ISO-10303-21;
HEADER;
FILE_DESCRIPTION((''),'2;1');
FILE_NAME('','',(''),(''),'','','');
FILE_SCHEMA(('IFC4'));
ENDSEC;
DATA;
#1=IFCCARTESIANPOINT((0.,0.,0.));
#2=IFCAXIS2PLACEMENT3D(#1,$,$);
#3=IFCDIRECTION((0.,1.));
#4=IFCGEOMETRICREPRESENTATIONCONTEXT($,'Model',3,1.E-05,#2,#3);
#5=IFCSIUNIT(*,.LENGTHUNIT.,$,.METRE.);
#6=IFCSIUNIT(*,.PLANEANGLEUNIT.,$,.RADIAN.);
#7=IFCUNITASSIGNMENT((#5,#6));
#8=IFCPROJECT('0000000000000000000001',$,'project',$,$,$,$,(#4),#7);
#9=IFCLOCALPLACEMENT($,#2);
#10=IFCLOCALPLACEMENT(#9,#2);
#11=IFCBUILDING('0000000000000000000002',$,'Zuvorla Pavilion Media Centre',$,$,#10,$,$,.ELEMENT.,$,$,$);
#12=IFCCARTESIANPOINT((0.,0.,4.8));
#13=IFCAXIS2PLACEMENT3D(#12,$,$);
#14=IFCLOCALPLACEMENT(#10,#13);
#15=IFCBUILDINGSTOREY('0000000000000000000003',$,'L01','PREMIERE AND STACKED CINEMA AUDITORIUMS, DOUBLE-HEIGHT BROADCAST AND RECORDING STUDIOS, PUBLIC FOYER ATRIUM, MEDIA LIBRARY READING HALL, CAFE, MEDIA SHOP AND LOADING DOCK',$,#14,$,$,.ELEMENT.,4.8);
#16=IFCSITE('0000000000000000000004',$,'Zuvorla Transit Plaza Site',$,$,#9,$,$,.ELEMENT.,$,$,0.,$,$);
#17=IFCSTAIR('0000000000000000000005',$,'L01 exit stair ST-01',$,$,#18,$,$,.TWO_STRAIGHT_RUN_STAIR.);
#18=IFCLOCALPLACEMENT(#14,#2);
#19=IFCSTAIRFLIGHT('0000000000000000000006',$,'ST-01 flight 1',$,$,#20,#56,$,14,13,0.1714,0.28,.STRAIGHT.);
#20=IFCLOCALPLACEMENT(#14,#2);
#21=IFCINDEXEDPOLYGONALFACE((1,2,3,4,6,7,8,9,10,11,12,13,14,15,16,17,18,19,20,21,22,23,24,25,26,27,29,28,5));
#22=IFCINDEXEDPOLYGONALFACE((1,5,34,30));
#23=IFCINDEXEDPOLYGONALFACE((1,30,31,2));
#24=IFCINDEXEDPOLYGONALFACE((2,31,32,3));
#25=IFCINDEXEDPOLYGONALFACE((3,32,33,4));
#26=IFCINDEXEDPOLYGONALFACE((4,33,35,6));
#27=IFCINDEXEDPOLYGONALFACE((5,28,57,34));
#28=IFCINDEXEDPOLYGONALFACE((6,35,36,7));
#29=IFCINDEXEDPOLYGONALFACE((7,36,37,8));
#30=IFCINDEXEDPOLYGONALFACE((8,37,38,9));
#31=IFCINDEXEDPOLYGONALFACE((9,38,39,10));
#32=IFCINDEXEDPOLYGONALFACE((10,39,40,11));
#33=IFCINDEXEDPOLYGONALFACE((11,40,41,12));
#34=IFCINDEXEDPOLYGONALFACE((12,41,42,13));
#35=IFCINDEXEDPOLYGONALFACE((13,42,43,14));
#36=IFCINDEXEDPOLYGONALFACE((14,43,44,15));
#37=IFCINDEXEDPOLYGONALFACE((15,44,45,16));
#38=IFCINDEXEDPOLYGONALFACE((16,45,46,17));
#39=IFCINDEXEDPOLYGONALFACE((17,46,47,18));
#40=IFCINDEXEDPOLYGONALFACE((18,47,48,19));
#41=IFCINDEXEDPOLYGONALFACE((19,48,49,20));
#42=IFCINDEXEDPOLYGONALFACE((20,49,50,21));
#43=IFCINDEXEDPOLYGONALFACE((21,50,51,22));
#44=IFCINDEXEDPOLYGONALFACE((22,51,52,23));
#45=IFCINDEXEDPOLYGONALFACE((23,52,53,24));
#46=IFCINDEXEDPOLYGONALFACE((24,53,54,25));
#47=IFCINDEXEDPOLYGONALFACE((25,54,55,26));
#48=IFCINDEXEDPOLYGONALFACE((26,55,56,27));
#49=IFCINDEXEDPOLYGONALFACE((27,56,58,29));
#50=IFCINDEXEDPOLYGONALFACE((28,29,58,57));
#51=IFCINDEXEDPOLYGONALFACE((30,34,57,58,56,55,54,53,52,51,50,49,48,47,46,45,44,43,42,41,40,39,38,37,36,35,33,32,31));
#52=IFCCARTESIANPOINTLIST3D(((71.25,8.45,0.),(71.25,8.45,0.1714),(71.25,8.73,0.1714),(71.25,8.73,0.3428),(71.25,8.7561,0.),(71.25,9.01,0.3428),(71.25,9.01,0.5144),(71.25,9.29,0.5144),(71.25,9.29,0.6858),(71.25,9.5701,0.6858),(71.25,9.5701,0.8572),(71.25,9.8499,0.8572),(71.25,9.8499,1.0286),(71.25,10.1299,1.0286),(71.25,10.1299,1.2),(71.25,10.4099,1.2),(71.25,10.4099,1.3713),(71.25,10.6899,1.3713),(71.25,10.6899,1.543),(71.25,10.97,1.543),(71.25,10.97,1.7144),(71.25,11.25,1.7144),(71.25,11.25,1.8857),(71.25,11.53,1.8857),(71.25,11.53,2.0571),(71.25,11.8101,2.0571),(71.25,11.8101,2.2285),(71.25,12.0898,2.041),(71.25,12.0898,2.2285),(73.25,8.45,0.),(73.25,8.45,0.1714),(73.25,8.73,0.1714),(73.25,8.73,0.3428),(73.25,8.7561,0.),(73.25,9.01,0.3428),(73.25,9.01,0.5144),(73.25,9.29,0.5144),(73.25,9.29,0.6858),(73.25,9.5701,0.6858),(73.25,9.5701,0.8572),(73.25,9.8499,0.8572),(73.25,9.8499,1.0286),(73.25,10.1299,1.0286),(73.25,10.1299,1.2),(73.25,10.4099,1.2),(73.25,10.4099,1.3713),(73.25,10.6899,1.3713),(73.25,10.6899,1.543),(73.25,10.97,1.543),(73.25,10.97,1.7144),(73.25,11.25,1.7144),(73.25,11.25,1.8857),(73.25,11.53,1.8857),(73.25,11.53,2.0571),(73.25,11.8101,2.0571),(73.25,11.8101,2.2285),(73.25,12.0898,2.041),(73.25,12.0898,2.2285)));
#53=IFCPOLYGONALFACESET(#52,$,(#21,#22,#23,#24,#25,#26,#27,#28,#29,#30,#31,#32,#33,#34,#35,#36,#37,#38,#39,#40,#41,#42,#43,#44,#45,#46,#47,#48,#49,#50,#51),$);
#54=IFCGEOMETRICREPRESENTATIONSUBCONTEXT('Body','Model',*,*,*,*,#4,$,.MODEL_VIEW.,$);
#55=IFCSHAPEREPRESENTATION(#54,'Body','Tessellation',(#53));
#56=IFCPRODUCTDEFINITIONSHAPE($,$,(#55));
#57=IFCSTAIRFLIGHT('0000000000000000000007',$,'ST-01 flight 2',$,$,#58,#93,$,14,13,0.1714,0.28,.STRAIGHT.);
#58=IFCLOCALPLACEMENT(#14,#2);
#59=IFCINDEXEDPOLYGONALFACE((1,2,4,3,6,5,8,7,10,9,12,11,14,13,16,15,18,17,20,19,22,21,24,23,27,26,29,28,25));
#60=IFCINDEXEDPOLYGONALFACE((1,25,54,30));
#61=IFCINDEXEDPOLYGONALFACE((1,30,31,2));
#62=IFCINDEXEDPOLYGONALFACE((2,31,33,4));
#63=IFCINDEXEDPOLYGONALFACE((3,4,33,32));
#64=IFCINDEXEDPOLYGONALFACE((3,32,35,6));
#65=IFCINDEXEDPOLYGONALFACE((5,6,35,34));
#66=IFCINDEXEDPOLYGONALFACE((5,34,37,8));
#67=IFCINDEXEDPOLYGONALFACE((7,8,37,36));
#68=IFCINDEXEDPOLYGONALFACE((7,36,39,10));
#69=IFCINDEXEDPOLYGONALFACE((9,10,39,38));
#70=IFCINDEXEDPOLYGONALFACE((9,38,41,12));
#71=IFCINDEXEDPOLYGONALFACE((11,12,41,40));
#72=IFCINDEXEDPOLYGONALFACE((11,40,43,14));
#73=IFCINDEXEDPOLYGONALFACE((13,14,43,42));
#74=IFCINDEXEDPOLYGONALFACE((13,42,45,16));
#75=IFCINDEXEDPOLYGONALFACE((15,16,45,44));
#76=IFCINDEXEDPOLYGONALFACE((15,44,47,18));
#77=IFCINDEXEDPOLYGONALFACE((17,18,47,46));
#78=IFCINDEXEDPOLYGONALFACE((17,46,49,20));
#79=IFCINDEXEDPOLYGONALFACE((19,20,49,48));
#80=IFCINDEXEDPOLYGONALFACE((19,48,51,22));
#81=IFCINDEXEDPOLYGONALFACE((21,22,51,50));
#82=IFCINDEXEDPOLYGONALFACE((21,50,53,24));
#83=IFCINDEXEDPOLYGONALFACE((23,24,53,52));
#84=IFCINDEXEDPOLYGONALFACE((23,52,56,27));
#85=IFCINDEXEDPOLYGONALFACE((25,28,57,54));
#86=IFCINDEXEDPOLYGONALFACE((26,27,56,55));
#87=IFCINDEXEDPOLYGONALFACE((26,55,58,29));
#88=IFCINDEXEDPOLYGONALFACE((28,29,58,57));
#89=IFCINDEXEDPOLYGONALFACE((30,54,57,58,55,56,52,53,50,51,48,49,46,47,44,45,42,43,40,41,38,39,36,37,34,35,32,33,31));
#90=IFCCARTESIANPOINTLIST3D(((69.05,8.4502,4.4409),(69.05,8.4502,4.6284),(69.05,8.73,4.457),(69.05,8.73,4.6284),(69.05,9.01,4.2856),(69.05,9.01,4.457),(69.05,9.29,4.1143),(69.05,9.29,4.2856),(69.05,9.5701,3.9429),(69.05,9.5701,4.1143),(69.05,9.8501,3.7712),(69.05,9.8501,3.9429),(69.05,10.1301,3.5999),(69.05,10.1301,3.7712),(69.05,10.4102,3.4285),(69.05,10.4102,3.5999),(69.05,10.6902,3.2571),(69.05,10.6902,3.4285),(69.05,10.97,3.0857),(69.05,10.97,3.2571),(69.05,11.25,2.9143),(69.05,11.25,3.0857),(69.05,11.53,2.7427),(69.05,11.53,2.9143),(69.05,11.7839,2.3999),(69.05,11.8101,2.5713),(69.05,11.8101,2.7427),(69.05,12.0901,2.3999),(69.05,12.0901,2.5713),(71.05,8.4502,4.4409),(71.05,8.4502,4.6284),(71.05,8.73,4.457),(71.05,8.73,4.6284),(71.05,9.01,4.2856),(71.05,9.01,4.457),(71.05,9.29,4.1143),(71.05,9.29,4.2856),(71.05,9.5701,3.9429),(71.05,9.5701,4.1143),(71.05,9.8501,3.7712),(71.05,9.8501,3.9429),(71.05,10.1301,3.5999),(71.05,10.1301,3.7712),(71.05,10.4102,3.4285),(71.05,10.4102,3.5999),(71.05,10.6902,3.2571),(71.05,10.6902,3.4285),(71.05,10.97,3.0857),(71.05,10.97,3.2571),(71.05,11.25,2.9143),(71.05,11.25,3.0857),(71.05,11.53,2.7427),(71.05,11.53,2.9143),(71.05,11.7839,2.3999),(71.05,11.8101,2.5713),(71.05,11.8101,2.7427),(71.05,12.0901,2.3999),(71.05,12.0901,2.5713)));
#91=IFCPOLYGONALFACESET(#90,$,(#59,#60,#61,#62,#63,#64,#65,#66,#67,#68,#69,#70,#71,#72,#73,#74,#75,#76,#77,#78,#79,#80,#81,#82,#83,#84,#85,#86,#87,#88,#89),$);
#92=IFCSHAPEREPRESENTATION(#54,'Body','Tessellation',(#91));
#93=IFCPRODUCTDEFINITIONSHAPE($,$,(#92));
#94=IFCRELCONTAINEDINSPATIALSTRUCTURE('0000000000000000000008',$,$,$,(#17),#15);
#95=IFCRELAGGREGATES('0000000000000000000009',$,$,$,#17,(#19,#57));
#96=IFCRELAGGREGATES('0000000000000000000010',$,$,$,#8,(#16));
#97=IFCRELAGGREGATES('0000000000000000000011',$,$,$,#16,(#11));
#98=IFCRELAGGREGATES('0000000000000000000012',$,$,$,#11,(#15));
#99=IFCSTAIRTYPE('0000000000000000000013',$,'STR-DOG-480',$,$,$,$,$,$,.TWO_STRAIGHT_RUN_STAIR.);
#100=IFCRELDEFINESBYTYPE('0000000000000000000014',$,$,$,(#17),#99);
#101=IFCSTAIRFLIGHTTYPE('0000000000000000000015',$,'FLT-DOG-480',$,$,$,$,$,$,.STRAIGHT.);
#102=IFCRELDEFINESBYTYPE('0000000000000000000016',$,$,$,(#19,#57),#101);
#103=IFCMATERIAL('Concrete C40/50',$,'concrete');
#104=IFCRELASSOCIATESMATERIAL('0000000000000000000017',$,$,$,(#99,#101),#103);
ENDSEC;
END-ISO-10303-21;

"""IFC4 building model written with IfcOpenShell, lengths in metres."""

from ifc_helpers import new_model, si_unit, direction, frame, origin, place, context, subcontext, project, spatial, polyline, outline, extrude, material, type_object, element, aggregate, save


model = new_model("IFC4")

# Units and contexts
model_context = context("Model", 3, precision=1e-05, world=origin(), true_north=direction((0.0, 1.0)))
body_context = subcontext(model_context, "Body", "Model", "MODEL_VIEW")
ifc_project = project(units=[si_unit("LENGTHUNIT", "METRE"), si_unit("PLANEANGLEUNIT", "RADIAN")], contexts=[model_context])

# Site, building, storey
site_placement = place(None, origin())
site = spatial("IfcSite", under=ifc_project, at=site_placement, Name="Zuvorla Transit Plaza Site", CompositionType="ELEMENT", RefElevation=0.0)
building_placement = place(site_placement, origin())
building = spatial("IfcBuilding", under=site, at=building_placement, Name="Zuvorla Pavilion Media Centre", CompositionType="ELEMENT")
storey_placement = place(building_placement, frame((0.0, 0.0, 4.8)))
storey = spatial("IfcBuildingStorey", under=building, at=storey_placement, Name="L01", Description="PREMIERE AND STACKED CINEMA AUDITORIUMS, DOUBLE-HEIGHT BROADCAST AND RECORDING STUDIOS, PUBLIC FOYER ATRIUM, MEDIA LIBRARY READING HALL, CAFE, MEDIA SHOP AND LOADING DOCK", CompositionType="ELEMENT", Elevation=4.8)

# Shared definitions
ifc_material_1 = material(Name="Concrete C40/50", Category="concrete")

# Stair, stair flights
stair_type = type_object("IfcStairType", Name="STR-DOG-480", PredefinedType="TWO_STRAIGHT_RUN_STAIR", material=ifc_material_1)
stair_placement = place(storey_placement, origin())
stair = element("IfcStair", 1, at=stair_placement, inside=storey, type_object=stair_type, Name="L01 exit stair ST-01", PredefinedType="TWO_STRAIGHT_RUN_STAIR")
stair_flight_type = type_object("IfcStairFlightType", Name="FLT-DOG-480", PredefinedType="STRAIGHT", material=ifc_material_1)
stair_flight_1_placement = place(storey_placement, frame((72.25, 8.45, 0.0), z_axis=(0.0, 0.0, 1.0), x_axis=(0.0, 1.0, 0.0)))
stair_flight_1 = element("IfcStairFlight", 2, at=stair_flight_1_placement, type_object=stair_flight_type, Name="ST-01 flight 1", NumberOfRisers=14, NumberOfTreads=13, PredefinedType="STRAIGHT", RiserHeight=0.1714, TreadLength=0.28, context=body_context, shape_type="SweptSolid", body=[
    extrude(outline(polyline([(0.0, 0.0), (0.0, 0.1714), (0.28, 0.1714), (0.28, 0.3428), (0.5601, 0.3428), (0.5601, 0.5144), (0.8401, 0.5144), (0.8401, 0.6858), (1.1201, 0.6858), (1.1201, 0.8572), (1.3999, 0.8572), (1.3999, 1.0286), (1.6799, 1.0286), (1.6799, 1.2), (1.96, 1.2), (1.96, 1.3713), (2.24, 1.3713), (2.24, 1.543), (2.52, 1.543), (2.52, 1.7144), (2.8, 1.7144), (2.8, 1.8857), (3.0801, 1.8857), (3.0801, 2.0571), (3.3601, 2.0571), (3.3601, 2.2285), (3.6399, 2.2285), (3.6399, 2.3999), (3.6399, 2.041), (0.3062, 0.0), (0.0, 0.0)])), frame((0.0, 1.0, 0.0), z_axis=(0.0, -1.0, 0.0), x_axis=(1.0, 0.0, 0.0)), (0.0, 0.0, 1.0), 2.0),
])
stair_flight_2_placement = place(storey_placement, frame((70.05, 12.0901, 2.3999), z_axis=(0.0, 0.0, 1.0), x_axis=(0.0, -1.0, 0.0)))
stair_flight_2 = element("IfcStairFlight", 3, at=stair_flight_2_placement, type_object=stair_flight_type, Name="ST-01 flight 2", NumberOfRisers=14, NumberOfTreads=13, PredefinedType="STRAIGHT", RiserHeight=0.1714, TreadLength=0.28, context=body_context, shape_type="SweptSolid", body=[
    extrude(outline(polyline([(0.0, 0.0), (0.0, 0.1714), (0.28, 0.1714), (0.28, 0.3428), (0.5601, 0.3428), (0.5601, 0.5144), (0.8401, 0.5144), (0.8401, 0.6858), (1.1201, 0.6858), (1.1201, 0.8572), (1.3999, 0.8572), (1.3999, 1.0286), (1.6799, 1.0286), (1.6799, 1.2), (1.96, 1.2), (1.96, 1.3713), (2.24, 1.3713), (2.24, 1.543), (2.52, 1.543), (2.52, 1.7144), (2.8, 1.7144), (2.8, 1.8857), (3.0801, 1.8857), (3.0801, 2.0571), (3.3601, 2.0571), (3.3601, 2.2285), (3.6399, 2.2285), (3.6399, 2.3999), (3.6399, 2.041), (0.3062, 0.0), (0.0, 0.0)])), frame((0.0, 1.0, 0.0), z_axis=(0.0, -1.0, 0.0), x_axis=(1.0, 0.0, 0.0)), (0.0, 0.0, 1.0), 2.0),
])
aggregate(stair, [stair_flight_1, stair_flight_2])

save(model, "model.ifc")
